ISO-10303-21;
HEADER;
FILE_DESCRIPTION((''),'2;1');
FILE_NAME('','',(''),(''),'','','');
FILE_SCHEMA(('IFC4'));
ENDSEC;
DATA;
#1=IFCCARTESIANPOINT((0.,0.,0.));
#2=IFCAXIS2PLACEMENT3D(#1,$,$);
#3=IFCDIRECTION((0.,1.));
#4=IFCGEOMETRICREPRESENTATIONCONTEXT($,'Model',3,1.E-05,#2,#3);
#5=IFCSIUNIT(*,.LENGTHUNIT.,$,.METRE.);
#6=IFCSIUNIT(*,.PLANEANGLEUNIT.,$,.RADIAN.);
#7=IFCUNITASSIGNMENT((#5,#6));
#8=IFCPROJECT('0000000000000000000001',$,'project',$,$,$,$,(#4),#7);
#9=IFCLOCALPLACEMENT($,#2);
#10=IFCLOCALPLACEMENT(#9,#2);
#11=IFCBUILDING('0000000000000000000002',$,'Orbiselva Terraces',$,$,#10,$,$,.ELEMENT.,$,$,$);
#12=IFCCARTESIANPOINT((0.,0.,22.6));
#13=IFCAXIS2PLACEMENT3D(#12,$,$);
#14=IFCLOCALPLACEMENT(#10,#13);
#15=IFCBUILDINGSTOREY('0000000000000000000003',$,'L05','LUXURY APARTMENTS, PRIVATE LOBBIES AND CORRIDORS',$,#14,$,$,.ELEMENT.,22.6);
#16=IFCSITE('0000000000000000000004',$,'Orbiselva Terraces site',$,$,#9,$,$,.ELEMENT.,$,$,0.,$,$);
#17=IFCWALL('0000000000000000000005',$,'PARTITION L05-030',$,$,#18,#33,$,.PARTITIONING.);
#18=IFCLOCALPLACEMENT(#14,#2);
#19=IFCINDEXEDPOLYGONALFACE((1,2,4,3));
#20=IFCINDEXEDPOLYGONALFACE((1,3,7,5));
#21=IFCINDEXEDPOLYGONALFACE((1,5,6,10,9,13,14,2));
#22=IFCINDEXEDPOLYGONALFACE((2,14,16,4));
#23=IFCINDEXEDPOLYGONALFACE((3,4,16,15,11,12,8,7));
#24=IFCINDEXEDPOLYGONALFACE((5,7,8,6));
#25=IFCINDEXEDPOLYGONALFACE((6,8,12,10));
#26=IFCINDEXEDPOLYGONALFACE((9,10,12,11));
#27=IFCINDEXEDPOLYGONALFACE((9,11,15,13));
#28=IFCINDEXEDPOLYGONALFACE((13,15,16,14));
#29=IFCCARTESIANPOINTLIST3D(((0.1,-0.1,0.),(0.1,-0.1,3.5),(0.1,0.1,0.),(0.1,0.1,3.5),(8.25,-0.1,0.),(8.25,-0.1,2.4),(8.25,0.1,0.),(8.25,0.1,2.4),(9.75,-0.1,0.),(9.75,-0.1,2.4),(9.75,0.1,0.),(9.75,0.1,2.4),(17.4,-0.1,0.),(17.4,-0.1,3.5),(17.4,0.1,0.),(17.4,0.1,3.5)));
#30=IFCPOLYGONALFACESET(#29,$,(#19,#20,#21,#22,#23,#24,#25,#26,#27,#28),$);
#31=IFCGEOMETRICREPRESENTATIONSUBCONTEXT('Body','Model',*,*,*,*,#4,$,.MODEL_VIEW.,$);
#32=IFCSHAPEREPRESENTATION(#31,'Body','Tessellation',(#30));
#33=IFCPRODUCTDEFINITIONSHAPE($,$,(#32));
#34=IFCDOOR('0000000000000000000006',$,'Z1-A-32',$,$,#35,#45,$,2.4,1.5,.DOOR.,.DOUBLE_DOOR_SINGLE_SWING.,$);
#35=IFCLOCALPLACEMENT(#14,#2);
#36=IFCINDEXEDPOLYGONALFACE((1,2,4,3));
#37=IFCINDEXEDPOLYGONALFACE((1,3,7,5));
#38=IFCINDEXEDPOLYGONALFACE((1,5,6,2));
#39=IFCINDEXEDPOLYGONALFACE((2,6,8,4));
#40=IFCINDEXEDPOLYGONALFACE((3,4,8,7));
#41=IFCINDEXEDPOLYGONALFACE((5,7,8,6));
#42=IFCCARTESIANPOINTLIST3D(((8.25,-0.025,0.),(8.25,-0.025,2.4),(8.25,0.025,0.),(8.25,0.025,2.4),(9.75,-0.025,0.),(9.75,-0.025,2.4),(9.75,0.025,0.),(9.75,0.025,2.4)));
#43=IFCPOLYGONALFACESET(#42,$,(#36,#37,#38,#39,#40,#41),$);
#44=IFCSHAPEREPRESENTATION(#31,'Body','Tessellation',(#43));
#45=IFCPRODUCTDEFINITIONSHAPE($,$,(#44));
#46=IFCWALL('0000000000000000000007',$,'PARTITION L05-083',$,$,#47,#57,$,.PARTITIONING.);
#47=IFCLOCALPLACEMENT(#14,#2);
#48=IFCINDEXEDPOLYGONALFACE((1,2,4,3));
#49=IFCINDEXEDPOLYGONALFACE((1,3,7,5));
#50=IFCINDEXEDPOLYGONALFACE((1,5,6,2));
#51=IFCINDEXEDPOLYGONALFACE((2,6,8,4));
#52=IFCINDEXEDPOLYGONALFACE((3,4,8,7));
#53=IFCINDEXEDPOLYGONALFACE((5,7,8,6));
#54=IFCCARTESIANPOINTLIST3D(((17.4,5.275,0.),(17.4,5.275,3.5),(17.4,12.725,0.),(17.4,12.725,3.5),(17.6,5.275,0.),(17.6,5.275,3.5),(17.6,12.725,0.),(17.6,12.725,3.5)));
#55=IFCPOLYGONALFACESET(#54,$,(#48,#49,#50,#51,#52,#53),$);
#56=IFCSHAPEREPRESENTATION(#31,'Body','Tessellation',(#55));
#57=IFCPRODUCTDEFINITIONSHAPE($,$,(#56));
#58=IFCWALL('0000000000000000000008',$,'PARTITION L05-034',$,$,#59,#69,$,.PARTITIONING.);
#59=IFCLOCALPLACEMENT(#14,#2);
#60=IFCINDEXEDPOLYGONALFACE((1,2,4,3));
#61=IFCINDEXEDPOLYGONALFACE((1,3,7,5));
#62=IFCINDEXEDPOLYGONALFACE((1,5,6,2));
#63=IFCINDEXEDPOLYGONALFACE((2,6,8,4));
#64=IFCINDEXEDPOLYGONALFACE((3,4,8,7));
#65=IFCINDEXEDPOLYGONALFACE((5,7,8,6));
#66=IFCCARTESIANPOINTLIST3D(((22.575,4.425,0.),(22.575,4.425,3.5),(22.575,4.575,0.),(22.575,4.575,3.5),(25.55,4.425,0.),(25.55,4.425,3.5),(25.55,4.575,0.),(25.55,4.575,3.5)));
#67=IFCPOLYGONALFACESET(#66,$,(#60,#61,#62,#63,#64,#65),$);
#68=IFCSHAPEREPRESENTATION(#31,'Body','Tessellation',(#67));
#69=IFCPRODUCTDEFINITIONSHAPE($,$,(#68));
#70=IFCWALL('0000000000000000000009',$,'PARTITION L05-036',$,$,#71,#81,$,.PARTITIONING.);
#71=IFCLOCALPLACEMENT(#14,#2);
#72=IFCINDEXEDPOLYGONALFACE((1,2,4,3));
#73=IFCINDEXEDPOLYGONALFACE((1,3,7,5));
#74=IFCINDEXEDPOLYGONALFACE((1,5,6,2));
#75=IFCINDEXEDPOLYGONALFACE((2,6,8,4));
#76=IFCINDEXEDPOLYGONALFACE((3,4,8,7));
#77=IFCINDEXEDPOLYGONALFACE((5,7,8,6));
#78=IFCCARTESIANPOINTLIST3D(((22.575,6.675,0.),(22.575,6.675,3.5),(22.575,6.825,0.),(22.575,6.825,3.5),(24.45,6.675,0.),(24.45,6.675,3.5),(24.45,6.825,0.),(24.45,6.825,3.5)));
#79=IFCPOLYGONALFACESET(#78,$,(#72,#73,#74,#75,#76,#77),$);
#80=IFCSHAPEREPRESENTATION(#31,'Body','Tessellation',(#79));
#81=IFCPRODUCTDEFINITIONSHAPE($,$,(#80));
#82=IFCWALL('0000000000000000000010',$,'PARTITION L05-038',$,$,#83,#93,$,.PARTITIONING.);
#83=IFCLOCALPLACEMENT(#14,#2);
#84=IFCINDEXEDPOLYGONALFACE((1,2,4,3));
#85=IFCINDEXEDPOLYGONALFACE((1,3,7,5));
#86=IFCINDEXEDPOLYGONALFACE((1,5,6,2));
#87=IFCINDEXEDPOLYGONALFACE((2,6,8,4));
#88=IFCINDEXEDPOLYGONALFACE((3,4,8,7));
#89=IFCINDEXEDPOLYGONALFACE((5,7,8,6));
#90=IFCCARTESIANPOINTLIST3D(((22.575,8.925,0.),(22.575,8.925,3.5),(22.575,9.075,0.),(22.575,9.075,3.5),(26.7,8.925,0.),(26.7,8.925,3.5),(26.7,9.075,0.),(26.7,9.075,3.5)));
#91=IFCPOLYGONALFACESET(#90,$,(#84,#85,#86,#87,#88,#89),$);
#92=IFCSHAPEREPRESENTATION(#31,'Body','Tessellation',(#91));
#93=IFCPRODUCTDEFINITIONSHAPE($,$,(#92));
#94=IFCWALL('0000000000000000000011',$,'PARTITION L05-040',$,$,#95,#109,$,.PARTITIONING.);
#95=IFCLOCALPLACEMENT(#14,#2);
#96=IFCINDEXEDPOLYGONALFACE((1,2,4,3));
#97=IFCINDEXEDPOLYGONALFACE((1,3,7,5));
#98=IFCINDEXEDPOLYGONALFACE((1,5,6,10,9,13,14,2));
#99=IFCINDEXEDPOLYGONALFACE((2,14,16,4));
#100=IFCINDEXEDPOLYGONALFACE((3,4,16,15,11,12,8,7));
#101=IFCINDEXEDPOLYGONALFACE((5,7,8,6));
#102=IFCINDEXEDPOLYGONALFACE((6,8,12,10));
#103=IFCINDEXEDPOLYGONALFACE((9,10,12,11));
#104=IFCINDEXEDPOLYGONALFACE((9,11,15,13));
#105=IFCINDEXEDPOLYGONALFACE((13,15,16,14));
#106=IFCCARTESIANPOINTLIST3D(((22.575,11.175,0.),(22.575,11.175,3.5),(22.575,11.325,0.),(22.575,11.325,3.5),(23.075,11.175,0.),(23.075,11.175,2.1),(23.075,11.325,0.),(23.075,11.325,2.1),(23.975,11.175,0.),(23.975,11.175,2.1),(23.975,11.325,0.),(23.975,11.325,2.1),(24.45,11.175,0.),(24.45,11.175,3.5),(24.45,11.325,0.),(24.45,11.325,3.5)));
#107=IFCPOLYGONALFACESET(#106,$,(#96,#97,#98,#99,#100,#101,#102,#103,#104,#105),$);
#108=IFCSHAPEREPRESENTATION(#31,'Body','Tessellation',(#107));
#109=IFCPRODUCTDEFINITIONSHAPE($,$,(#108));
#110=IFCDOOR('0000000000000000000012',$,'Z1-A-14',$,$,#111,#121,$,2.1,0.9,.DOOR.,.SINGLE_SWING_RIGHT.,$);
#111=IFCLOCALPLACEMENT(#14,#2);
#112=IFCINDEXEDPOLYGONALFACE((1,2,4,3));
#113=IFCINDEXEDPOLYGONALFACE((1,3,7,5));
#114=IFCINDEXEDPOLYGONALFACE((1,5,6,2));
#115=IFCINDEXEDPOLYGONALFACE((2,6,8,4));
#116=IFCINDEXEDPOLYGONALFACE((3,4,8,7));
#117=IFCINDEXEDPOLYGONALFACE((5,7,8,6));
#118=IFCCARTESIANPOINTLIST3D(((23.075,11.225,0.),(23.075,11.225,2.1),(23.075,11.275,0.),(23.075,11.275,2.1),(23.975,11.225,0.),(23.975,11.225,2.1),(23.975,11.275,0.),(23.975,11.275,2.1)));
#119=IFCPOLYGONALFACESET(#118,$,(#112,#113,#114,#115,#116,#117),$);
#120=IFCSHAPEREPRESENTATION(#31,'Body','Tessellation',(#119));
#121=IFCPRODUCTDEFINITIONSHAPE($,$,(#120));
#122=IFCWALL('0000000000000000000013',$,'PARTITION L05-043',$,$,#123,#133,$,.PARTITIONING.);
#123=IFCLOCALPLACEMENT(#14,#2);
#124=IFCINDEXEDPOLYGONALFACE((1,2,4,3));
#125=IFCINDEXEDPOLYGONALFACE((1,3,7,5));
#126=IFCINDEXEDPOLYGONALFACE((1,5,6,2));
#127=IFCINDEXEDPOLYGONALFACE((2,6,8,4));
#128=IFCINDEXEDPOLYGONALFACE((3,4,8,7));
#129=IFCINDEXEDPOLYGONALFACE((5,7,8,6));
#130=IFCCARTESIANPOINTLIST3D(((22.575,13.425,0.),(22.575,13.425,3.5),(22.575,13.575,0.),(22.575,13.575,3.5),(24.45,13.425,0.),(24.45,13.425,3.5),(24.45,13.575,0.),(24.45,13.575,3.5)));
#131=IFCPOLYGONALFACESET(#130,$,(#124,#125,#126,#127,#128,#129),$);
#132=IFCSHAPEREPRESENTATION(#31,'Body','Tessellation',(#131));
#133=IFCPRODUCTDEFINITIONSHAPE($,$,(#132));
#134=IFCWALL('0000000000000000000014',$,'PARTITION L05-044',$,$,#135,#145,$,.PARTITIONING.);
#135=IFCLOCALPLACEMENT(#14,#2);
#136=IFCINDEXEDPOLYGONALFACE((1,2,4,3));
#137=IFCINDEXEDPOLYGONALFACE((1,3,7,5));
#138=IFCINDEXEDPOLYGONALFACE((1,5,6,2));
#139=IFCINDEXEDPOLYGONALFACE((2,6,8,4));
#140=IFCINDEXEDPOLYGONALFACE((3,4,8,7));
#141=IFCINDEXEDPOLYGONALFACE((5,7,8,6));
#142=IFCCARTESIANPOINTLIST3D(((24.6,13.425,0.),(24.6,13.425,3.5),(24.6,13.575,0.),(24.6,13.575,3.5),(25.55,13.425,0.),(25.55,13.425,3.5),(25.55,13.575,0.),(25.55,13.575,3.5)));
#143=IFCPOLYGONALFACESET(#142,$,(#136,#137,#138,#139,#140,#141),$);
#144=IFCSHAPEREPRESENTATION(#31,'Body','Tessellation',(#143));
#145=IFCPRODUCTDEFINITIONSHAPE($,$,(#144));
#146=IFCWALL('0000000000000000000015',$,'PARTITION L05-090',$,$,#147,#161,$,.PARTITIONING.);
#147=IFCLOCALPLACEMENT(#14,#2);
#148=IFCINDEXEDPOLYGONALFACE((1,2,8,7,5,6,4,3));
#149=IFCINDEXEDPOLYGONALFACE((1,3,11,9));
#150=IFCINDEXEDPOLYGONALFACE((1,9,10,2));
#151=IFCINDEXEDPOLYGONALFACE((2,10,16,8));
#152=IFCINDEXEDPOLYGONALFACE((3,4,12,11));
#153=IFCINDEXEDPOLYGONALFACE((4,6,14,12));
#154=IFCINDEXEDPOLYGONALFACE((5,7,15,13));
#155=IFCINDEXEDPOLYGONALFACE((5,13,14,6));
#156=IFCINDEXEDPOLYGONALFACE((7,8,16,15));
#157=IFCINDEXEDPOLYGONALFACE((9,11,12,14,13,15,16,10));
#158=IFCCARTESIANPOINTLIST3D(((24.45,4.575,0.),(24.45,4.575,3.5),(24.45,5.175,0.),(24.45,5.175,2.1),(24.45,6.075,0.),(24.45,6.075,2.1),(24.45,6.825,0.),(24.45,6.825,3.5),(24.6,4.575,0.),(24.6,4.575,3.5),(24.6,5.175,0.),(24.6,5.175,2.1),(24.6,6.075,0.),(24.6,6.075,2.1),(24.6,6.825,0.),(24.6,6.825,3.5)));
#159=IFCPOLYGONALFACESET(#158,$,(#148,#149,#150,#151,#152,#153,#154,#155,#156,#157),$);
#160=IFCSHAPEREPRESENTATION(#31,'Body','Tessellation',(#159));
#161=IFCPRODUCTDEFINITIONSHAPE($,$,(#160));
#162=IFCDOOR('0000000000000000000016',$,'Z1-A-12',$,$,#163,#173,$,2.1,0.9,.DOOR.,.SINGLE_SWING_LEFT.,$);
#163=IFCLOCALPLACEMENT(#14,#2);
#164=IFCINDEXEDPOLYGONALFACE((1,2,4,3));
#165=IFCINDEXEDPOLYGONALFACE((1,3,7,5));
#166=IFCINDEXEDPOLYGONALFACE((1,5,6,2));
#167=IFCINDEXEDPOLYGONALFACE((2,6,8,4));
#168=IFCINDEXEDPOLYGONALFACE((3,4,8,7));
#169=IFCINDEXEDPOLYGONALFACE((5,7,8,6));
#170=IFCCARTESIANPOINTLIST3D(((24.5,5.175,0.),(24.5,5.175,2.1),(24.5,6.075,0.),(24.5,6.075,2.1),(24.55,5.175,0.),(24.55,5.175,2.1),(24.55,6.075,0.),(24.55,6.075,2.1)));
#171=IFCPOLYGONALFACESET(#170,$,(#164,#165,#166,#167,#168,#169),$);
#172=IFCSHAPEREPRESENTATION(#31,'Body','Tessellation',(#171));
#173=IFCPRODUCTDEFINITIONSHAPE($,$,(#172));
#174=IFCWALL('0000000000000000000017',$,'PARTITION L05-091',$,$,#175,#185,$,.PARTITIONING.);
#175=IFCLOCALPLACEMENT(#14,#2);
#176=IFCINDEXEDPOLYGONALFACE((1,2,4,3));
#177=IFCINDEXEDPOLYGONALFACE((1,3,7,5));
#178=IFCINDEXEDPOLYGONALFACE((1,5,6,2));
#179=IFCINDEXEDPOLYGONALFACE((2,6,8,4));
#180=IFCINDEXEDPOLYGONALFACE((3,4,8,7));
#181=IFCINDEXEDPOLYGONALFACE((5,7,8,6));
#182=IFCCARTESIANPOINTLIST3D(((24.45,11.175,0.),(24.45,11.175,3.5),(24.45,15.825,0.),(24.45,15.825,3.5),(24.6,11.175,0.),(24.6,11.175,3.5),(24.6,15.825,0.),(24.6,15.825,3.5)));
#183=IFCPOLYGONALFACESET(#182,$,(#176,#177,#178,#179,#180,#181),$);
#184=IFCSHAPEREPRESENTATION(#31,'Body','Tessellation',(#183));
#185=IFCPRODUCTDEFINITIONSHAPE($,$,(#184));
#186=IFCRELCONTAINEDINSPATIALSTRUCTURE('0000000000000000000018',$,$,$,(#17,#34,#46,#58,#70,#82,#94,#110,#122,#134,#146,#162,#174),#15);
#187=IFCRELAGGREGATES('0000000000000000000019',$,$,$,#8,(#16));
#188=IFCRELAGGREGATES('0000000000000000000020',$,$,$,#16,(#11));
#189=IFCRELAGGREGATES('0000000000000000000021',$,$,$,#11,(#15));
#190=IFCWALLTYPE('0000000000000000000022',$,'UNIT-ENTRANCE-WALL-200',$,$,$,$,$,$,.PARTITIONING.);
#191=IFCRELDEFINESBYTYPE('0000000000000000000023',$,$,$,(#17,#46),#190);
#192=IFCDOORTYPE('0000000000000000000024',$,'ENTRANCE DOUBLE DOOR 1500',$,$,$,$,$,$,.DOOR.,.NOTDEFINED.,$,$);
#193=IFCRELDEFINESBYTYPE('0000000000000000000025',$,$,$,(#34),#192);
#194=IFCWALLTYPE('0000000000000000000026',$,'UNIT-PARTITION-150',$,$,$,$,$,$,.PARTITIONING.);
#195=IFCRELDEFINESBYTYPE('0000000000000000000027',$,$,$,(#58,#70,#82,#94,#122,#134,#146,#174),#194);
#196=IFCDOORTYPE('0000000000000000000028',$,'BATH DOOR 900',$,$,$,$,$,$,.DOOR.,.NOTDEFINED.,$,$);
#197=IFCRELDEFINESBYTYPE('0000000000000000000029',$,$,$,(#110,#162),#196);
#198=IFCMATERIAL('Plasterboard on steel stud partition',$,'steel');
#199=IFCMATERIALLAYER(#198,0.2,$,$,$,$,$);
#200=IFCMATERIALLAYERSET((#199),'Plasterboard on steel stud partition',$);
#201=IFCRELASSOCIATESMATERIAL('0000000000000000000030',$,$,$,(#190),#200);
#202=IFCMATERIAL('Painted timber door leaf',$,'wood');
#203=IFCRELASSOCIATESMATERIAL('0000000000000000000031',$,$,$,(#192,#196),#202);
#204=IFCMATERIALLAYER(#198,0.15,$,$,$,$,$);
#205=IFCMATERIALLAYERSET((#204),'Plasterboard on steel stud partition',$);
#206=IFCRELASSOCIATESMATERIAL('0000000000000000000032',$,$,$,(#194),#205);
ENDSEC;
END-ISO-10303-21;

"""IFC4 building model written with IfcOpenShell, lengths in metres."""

from ifc_helpers import new_model, si_unit, direction, frame, frame_2d, origin, place, context, subcontext, project, spatial, rectangle, extrude, material, layer, layer_set, type_object, element, fill, save


model = new_model("IFC4")

# Units and contexts
model_context = context("Model", 3, precision=1e-05, world=origin(), true_north=direction((0.0, 1.0)))
body_context = subcontext(model_context, "Body", "Model", "MODEL_VIEW")
ifc_project = project(units=[si_unit("LENGTHUNIT", "METRE"), si_unit("PLANEANGLEUNIT", "RADIAN")], contexts=[model_context])

# Site, building, storey
site_placement = place(None, origin())
site = spatial("IfcSite", under=ifc_project, at=site_placement, Name="Orbiselva Terraces site", CompositionType="ELEMENT", RefElevation=0.0)
building_placement = place(site_placement, origin())
building = spatial("IfcBuilding", under=site, at=building_placement, Name="Orbiselva Terraces", CompositionType="ELEMENT")
storey_placement = place(building_placement, frame((0.0, 0.0, 22.6)))
storey = spatial("IfcBuildingStorey", under=building, at=storey_placement, Name="L05", Description="LUXURY APARTMENTS, PRIVATE LOBBIES AND CORRIDORS", CompositionType="ELEMENT", Elevation=22.6)

# Wall, opening, door
ifc_material_1 = material(Name="Plasterboard on steel stud partition", Category="steel")
ifc_layer_1 = layer(ifc_material_1, 0.2)
ifc_layer_set_1 = layer_set([ifc_layer_1], Name="Plasterboard on steel stud partition")
wall_type_1 = type_object("IfcWallType", Name="UNIT-ENTRANCE-WALL-200", PredefinedType="PARTITIONING", material=ifc_layer_set_1)
wall_1_placement = place(storey_placement, frame((17.4, 0.0, 0.0), z_axis=(0.0, 0.0, 1.0), x_axis=(-1.0, 0.0, 0.0)))
wall_1 = element("IfcWall", 1, at=wall_1_placement, inside=storey, type_object=wall_type_1, Name="PARTITION L05-030", PredefinedType="PARTITIONING", context=body_context, shape_type="SweptSolid", body=[
    extrude(rectangle(XDim=17.3, YDim=0.2, at=frame_2d((8.65, 0.0))), origin(), (0.0, 0.0, 1.0), 3.5),
])
opening_1_placement = place(wall_1_placement, frame((7.65, 0.0, 0.0)))
opening_1 = element("IfcOpeningElement", 2, at=opening_1_placement, cuts=wall_1, PredefinedType="OPENING", context=body_context, shape_type="SweptSolid", body=[
    extrude(rectangle(XDim=1.5, YDim=2.4, at=frame_2d((0.75, 1.2))), frame((0.0, 0.11, 0.0), z_axis=(0.0, -1.0, 0.0), x_axis=(1.0, 0.0, 0.0)), (0.0, 0.0, 1.0), 0.22),
])
ifc_material_2 = material(Name="Painted timber door leaf", Category="wood")
door_type_1 = type_object("IfcDoorType", Name="ENTRANCE DOUBLE DOOR 1500", OperationType="NOTDEFINED", PredefinedType="DOOR", material=ifc_material_2)
door_1_placement = place(opening_1_placement, origin())
door_1 = element("IfcDoor", 3, at=door_1_placement, inside=storey, type_object=door_type_1, Name="Z1-A-32", OperationType="DOUBLE_DOOR_SINGLE_SWING", OverallHeight=2.4, OverallWidth=1.5, PredefinedType="DOOR", context=body_context, shape_type="SweptSolid", body=[
    extrude(rectangle(XDim=1.5, YDim=2.4, at=frame_2d((0.75, 1.2))), frame((0.0, 0.025, 0.0), z_axis=(0.0, -1.0, 0.0), x_axis=(1.0, 0.0, 0.0)), (0.0, 0.0, 1.0), 0.05),
])
fill(opening_1, door_1)

# Walls
wall_2_placement = place(storey_placement, frame((17.5, 5.275, 0.0), z_axis=(0.0, 0.0, 1.0), x_axis=(0.0, 1.0, 0.0)))
element("IfcWall", 4, at=wall_2_placement, inside=storey, type_object=wall_type_1, Name="PARTITION L05-083", PredefinedType="PARTITIONING", context=body_context, shape_type="SweptSolid", body=[
    extrude(rectangle(XDim=7.45, YDim=0.2, at=frame_2d((3.725, 0.0))), origin(), (0.0, 0.0, 1.0), 3.5),
])
ifc_layer_2 = layer(ifc_material_1, 0.15)
ifc_layer_set_2 = layer_set([ifc_layer_2], Name="Plasterboard on steel stud partition")
wall_type_2 = type_object("IfcWallType", Name="UNIT-PARTITION-150", PredefinedType="PARTITIONING", material=ifc_layer_set_2)
wall_3_placement = place(storey_placement, frame((22.575, 4.5, 0.0), z_axis=(0.0, 0.0, 1.0), x_axis=(1.0, 0.0, 0.0)))
element("IfcWall", 5, at=wall_3_placement, inside=storey, type_object=wall_type_2, Name="PARTITION L05-034", PredefinedType="PARTITIONING", context=body_context, shape_type="SweptSolid", body=[
    extrude(rectangle(XDim=2.975, YDim=0.15, at=frame_2d((1.4875, 0.0))), origin(), (0.0, 0.0, 1.0), 3.5),
])
wall_4_placement = place(storey_placement, frame((22.575, 6.75, 0.0), z_axis=(0.0, 0.0, 1.0), x_axis=(1.0, 0.0, 0.0)))
element("IfcWall", 6, at=wall_4_placement, inside=storey, type_object=wall_type_2, Name="PARTITION L05-036", PredefinedType="PARTITIONING", context=body_context, shape_type="SweptSolid", body=[
    extrude(rectangle(XDim=1.875, YDim=0.15, at=frame_2d((0.9375, 0.0))), origin(), (0.0, 0.0, 1.0), 3.5),
])
wall_5_placement = place(storey_placement, frame((22.575, 9.0, 0.0), z_axis=(0.0, 0.0, 1.0), x_axis=(1.0, 0.0, 0.0)))
element("IfcWall", 7, at=wall_5_placement, inside=storey, type_object=wall_type_2, Name="PARTITION L05-038", PredefinedType="PARTITIONING", context=body_context, shape_type="SweptSolid", body=[
    extrude(rectangle(XDim=4.125, YDim=0.15, at=frame_2d((2.0625, 0.0))), origin(), (0.0, 0.0, 1.0), 3.5),
])

# Wall, opening, door
wall_6_placement = place(storey_placement, frame((22.575, 11.25, 0.0), z_axis=(0.0, 0.0, 1.0), x_axis=(1.0, 0.0, 0.0)))
wall_6 = element("IfcWall", 8, at=wall_6_placement, inside=storey, type_object=wall_type_2, Name="PARTITION L05-040", PredefinedType="PARTITIONING", context=body_context, shape_type="SweptSolid", body=[
    extrude(rectangle(XDim=1.875, YDim=0.15, at=frame_2d((0.9375, 0.0))), origin(), (0.0, 0.0, 1.0), 3.5),
])
opening_2_placement = place(wall_6_placement, frame((0.5, 0.0, 0.0)))
opening_2 = element("IfcOpeningElement", 9, at=opening_2_placement, cuts=wall_6, PredefinedType="OPENING", context=body_context, shape_type="SweptSolid", body=[
    extrude(rectangle(XDim=0.9, YDim=2.1, at=frame_2d((0.45, 1.05))), frame((0.0, 0.085, 0.0), z_axis=(0.0, -1.0, 0.0), x_axis=(1.0, 0.0, 0.0)), (0.0, 0.0, 1.0), 0.17),
])
door_type_2 = type_object("IfcDoorType", Name="BATH DOOR 900", OperationType="NOTDEFINED", PredefinedType="DOOR", material=ifc_material_2)
door_2_placement = place(opening_2_placement, origin())
door_2 = element("IfcDoor", 10, at=door_2_placement, inside=storey, type_object=door_type_2, Name="Z1-A-14", OperationType="SINGLE_SWING_RIGHT", OverallHeight=2.1, OverallWidth=0.9, PredefinedType="DOOR", context=body_context, shape_type="SweptSolid", body=[
    extrude(rectangle(XDim=0.9, YDim=2.1, at=frame_2d((0.45, 1.05))), frame((0.0, 0.025, 0.0), z_axis=(0.0, -1.0, 0.0), x_axis=(1.0, 0.0, 0.0)), (0.0, 0.0, 1.0), 0.05),
])
fill(opening_2, door_2)

# Walls
wall_7_placement = place(storey_placement, frame((22.575, 13.5, 0.0), z_axis=(0.0, 0.0, 1.0), x_axis=(1.0, 0.0, 0.0)))
element("IfcWall", 11, at=wall_7_placement, inside=storey, type_object=wall_type_2, Name="PARTITION L05-043", PredefinedType="PARTITIONING", context=body_context, shape_type="SweptSolid", body=[
    extrude(rectangle(XDim=1.875, YDim=0.15, at=frame_2d((0.9375, 0.0))), origin(), (0.0, 0.0, 1.0), 3.5),
])
wall_8_placement = place(storey_placement, frame((24.6, 13.5, 0.0), z_axis=(0.0, 0.0, 1.0), x_axis=(1.0, 0.0, 0.0)))
element("IfcWall", 12, at=wall_8_placement, inside=storey, type_object=wall_type_2, Name="PARTITION L05-044", PredefinedType="PARTITIONING", context=body_context, shape_type="SweptSolid", body=[
    extrude(rectangle(XDim=0.95, YDim=0.15, at=frame_2d((0.475, 0.0))), origin(), (0.0, 0.0, 1.0), 3.5),
])

# Wall, opening, door
wall_9_placement = place(storey_placement, frame((24.525, 4.575, 0.0), z_axis=(0.0, 0.0, 1.0), x_axis=(0.0, 1.0, 0.0)))
wall_9 = element("IfcWall", 13, at=wall_9_placement, inside=storey, type_object=wall_type_2, Name="PARTITION L05-090", PredefinedType="PARTITIONING", context=body_context, shape_type="SweptSolid", body=[
    extrude(rectangle(XDim=2.25, YDim=0.15, at=frame_2d((1.125, 0.0))), origin(), (0.0, 0.0, 1.0), 3.5),
])
opening_3_placement = place(wall_9_placement, frame((0.6, 0.0, 0.0)))
opening_3 = element("IfcOpeningElement", 14, at=opening_3_placement, cuts=wall_9, PredefinedType="OPENING", context=body_context, shape_type="SweptSolid", body=[
    extrude(rectangle(XDim=0.9, YDim=2.1, at=frame_2d((0.45, 1.05))), frame((0.0, 0.085, 0.0), z_axis=(0.0, -1.0, 0.0), x_axis=(1.0, 0.0, 0.0)), (0.0, 0.0, 1.0), 0.17),
])
door_3_placement = place(opening_3_placement, origin())
door_3 = element("IfcDoor", 15, at=door_3_placement, inside=storey, type_object=door_type_2, Name="Z1-A-12", OperationType="SINGLE_SWING_LEFT", OverallHeight=2.1, OverallWidth=0.9, PredefinedType="DOOR", context=body_context, shape_type="SweptSolid", body=[
    extrude(rectangle(XDim=0.9, YDim=2.1, at=frame_2d((0.45, 1.05))), frame((0.0, 0.025, 0.0), z_axis=(0.0, -1.0, 0.0), x_axis=(1.0, 0.0, 0.0)), (0.0, 0.0, 1.0), 0.05),
])
fill(opening_3, door_3)

# Wall
wall_10_placement = place(storey_placement, frame((24.525, 11.175, 0.0), z_axis=(0.0, 0.0, 1.0), x_axis=(0.0, 1.0, 0.0)))
element("IfcWall", 16, at=wall_10_placement, inside=storey, type_object=wall_type_2, Name="PARTITION L05-091", PredefinedType="PARTITIONING", context=body_context, shape_type="SweptSolid", body=[
    extrude(rectangle(XDim=4.65, YDim=0.15, at=frame_2d((2.325, 0.0))), origin(), (0.0, 0.0, 1.0), 3.5),
])

save(model, "model.ifc")
